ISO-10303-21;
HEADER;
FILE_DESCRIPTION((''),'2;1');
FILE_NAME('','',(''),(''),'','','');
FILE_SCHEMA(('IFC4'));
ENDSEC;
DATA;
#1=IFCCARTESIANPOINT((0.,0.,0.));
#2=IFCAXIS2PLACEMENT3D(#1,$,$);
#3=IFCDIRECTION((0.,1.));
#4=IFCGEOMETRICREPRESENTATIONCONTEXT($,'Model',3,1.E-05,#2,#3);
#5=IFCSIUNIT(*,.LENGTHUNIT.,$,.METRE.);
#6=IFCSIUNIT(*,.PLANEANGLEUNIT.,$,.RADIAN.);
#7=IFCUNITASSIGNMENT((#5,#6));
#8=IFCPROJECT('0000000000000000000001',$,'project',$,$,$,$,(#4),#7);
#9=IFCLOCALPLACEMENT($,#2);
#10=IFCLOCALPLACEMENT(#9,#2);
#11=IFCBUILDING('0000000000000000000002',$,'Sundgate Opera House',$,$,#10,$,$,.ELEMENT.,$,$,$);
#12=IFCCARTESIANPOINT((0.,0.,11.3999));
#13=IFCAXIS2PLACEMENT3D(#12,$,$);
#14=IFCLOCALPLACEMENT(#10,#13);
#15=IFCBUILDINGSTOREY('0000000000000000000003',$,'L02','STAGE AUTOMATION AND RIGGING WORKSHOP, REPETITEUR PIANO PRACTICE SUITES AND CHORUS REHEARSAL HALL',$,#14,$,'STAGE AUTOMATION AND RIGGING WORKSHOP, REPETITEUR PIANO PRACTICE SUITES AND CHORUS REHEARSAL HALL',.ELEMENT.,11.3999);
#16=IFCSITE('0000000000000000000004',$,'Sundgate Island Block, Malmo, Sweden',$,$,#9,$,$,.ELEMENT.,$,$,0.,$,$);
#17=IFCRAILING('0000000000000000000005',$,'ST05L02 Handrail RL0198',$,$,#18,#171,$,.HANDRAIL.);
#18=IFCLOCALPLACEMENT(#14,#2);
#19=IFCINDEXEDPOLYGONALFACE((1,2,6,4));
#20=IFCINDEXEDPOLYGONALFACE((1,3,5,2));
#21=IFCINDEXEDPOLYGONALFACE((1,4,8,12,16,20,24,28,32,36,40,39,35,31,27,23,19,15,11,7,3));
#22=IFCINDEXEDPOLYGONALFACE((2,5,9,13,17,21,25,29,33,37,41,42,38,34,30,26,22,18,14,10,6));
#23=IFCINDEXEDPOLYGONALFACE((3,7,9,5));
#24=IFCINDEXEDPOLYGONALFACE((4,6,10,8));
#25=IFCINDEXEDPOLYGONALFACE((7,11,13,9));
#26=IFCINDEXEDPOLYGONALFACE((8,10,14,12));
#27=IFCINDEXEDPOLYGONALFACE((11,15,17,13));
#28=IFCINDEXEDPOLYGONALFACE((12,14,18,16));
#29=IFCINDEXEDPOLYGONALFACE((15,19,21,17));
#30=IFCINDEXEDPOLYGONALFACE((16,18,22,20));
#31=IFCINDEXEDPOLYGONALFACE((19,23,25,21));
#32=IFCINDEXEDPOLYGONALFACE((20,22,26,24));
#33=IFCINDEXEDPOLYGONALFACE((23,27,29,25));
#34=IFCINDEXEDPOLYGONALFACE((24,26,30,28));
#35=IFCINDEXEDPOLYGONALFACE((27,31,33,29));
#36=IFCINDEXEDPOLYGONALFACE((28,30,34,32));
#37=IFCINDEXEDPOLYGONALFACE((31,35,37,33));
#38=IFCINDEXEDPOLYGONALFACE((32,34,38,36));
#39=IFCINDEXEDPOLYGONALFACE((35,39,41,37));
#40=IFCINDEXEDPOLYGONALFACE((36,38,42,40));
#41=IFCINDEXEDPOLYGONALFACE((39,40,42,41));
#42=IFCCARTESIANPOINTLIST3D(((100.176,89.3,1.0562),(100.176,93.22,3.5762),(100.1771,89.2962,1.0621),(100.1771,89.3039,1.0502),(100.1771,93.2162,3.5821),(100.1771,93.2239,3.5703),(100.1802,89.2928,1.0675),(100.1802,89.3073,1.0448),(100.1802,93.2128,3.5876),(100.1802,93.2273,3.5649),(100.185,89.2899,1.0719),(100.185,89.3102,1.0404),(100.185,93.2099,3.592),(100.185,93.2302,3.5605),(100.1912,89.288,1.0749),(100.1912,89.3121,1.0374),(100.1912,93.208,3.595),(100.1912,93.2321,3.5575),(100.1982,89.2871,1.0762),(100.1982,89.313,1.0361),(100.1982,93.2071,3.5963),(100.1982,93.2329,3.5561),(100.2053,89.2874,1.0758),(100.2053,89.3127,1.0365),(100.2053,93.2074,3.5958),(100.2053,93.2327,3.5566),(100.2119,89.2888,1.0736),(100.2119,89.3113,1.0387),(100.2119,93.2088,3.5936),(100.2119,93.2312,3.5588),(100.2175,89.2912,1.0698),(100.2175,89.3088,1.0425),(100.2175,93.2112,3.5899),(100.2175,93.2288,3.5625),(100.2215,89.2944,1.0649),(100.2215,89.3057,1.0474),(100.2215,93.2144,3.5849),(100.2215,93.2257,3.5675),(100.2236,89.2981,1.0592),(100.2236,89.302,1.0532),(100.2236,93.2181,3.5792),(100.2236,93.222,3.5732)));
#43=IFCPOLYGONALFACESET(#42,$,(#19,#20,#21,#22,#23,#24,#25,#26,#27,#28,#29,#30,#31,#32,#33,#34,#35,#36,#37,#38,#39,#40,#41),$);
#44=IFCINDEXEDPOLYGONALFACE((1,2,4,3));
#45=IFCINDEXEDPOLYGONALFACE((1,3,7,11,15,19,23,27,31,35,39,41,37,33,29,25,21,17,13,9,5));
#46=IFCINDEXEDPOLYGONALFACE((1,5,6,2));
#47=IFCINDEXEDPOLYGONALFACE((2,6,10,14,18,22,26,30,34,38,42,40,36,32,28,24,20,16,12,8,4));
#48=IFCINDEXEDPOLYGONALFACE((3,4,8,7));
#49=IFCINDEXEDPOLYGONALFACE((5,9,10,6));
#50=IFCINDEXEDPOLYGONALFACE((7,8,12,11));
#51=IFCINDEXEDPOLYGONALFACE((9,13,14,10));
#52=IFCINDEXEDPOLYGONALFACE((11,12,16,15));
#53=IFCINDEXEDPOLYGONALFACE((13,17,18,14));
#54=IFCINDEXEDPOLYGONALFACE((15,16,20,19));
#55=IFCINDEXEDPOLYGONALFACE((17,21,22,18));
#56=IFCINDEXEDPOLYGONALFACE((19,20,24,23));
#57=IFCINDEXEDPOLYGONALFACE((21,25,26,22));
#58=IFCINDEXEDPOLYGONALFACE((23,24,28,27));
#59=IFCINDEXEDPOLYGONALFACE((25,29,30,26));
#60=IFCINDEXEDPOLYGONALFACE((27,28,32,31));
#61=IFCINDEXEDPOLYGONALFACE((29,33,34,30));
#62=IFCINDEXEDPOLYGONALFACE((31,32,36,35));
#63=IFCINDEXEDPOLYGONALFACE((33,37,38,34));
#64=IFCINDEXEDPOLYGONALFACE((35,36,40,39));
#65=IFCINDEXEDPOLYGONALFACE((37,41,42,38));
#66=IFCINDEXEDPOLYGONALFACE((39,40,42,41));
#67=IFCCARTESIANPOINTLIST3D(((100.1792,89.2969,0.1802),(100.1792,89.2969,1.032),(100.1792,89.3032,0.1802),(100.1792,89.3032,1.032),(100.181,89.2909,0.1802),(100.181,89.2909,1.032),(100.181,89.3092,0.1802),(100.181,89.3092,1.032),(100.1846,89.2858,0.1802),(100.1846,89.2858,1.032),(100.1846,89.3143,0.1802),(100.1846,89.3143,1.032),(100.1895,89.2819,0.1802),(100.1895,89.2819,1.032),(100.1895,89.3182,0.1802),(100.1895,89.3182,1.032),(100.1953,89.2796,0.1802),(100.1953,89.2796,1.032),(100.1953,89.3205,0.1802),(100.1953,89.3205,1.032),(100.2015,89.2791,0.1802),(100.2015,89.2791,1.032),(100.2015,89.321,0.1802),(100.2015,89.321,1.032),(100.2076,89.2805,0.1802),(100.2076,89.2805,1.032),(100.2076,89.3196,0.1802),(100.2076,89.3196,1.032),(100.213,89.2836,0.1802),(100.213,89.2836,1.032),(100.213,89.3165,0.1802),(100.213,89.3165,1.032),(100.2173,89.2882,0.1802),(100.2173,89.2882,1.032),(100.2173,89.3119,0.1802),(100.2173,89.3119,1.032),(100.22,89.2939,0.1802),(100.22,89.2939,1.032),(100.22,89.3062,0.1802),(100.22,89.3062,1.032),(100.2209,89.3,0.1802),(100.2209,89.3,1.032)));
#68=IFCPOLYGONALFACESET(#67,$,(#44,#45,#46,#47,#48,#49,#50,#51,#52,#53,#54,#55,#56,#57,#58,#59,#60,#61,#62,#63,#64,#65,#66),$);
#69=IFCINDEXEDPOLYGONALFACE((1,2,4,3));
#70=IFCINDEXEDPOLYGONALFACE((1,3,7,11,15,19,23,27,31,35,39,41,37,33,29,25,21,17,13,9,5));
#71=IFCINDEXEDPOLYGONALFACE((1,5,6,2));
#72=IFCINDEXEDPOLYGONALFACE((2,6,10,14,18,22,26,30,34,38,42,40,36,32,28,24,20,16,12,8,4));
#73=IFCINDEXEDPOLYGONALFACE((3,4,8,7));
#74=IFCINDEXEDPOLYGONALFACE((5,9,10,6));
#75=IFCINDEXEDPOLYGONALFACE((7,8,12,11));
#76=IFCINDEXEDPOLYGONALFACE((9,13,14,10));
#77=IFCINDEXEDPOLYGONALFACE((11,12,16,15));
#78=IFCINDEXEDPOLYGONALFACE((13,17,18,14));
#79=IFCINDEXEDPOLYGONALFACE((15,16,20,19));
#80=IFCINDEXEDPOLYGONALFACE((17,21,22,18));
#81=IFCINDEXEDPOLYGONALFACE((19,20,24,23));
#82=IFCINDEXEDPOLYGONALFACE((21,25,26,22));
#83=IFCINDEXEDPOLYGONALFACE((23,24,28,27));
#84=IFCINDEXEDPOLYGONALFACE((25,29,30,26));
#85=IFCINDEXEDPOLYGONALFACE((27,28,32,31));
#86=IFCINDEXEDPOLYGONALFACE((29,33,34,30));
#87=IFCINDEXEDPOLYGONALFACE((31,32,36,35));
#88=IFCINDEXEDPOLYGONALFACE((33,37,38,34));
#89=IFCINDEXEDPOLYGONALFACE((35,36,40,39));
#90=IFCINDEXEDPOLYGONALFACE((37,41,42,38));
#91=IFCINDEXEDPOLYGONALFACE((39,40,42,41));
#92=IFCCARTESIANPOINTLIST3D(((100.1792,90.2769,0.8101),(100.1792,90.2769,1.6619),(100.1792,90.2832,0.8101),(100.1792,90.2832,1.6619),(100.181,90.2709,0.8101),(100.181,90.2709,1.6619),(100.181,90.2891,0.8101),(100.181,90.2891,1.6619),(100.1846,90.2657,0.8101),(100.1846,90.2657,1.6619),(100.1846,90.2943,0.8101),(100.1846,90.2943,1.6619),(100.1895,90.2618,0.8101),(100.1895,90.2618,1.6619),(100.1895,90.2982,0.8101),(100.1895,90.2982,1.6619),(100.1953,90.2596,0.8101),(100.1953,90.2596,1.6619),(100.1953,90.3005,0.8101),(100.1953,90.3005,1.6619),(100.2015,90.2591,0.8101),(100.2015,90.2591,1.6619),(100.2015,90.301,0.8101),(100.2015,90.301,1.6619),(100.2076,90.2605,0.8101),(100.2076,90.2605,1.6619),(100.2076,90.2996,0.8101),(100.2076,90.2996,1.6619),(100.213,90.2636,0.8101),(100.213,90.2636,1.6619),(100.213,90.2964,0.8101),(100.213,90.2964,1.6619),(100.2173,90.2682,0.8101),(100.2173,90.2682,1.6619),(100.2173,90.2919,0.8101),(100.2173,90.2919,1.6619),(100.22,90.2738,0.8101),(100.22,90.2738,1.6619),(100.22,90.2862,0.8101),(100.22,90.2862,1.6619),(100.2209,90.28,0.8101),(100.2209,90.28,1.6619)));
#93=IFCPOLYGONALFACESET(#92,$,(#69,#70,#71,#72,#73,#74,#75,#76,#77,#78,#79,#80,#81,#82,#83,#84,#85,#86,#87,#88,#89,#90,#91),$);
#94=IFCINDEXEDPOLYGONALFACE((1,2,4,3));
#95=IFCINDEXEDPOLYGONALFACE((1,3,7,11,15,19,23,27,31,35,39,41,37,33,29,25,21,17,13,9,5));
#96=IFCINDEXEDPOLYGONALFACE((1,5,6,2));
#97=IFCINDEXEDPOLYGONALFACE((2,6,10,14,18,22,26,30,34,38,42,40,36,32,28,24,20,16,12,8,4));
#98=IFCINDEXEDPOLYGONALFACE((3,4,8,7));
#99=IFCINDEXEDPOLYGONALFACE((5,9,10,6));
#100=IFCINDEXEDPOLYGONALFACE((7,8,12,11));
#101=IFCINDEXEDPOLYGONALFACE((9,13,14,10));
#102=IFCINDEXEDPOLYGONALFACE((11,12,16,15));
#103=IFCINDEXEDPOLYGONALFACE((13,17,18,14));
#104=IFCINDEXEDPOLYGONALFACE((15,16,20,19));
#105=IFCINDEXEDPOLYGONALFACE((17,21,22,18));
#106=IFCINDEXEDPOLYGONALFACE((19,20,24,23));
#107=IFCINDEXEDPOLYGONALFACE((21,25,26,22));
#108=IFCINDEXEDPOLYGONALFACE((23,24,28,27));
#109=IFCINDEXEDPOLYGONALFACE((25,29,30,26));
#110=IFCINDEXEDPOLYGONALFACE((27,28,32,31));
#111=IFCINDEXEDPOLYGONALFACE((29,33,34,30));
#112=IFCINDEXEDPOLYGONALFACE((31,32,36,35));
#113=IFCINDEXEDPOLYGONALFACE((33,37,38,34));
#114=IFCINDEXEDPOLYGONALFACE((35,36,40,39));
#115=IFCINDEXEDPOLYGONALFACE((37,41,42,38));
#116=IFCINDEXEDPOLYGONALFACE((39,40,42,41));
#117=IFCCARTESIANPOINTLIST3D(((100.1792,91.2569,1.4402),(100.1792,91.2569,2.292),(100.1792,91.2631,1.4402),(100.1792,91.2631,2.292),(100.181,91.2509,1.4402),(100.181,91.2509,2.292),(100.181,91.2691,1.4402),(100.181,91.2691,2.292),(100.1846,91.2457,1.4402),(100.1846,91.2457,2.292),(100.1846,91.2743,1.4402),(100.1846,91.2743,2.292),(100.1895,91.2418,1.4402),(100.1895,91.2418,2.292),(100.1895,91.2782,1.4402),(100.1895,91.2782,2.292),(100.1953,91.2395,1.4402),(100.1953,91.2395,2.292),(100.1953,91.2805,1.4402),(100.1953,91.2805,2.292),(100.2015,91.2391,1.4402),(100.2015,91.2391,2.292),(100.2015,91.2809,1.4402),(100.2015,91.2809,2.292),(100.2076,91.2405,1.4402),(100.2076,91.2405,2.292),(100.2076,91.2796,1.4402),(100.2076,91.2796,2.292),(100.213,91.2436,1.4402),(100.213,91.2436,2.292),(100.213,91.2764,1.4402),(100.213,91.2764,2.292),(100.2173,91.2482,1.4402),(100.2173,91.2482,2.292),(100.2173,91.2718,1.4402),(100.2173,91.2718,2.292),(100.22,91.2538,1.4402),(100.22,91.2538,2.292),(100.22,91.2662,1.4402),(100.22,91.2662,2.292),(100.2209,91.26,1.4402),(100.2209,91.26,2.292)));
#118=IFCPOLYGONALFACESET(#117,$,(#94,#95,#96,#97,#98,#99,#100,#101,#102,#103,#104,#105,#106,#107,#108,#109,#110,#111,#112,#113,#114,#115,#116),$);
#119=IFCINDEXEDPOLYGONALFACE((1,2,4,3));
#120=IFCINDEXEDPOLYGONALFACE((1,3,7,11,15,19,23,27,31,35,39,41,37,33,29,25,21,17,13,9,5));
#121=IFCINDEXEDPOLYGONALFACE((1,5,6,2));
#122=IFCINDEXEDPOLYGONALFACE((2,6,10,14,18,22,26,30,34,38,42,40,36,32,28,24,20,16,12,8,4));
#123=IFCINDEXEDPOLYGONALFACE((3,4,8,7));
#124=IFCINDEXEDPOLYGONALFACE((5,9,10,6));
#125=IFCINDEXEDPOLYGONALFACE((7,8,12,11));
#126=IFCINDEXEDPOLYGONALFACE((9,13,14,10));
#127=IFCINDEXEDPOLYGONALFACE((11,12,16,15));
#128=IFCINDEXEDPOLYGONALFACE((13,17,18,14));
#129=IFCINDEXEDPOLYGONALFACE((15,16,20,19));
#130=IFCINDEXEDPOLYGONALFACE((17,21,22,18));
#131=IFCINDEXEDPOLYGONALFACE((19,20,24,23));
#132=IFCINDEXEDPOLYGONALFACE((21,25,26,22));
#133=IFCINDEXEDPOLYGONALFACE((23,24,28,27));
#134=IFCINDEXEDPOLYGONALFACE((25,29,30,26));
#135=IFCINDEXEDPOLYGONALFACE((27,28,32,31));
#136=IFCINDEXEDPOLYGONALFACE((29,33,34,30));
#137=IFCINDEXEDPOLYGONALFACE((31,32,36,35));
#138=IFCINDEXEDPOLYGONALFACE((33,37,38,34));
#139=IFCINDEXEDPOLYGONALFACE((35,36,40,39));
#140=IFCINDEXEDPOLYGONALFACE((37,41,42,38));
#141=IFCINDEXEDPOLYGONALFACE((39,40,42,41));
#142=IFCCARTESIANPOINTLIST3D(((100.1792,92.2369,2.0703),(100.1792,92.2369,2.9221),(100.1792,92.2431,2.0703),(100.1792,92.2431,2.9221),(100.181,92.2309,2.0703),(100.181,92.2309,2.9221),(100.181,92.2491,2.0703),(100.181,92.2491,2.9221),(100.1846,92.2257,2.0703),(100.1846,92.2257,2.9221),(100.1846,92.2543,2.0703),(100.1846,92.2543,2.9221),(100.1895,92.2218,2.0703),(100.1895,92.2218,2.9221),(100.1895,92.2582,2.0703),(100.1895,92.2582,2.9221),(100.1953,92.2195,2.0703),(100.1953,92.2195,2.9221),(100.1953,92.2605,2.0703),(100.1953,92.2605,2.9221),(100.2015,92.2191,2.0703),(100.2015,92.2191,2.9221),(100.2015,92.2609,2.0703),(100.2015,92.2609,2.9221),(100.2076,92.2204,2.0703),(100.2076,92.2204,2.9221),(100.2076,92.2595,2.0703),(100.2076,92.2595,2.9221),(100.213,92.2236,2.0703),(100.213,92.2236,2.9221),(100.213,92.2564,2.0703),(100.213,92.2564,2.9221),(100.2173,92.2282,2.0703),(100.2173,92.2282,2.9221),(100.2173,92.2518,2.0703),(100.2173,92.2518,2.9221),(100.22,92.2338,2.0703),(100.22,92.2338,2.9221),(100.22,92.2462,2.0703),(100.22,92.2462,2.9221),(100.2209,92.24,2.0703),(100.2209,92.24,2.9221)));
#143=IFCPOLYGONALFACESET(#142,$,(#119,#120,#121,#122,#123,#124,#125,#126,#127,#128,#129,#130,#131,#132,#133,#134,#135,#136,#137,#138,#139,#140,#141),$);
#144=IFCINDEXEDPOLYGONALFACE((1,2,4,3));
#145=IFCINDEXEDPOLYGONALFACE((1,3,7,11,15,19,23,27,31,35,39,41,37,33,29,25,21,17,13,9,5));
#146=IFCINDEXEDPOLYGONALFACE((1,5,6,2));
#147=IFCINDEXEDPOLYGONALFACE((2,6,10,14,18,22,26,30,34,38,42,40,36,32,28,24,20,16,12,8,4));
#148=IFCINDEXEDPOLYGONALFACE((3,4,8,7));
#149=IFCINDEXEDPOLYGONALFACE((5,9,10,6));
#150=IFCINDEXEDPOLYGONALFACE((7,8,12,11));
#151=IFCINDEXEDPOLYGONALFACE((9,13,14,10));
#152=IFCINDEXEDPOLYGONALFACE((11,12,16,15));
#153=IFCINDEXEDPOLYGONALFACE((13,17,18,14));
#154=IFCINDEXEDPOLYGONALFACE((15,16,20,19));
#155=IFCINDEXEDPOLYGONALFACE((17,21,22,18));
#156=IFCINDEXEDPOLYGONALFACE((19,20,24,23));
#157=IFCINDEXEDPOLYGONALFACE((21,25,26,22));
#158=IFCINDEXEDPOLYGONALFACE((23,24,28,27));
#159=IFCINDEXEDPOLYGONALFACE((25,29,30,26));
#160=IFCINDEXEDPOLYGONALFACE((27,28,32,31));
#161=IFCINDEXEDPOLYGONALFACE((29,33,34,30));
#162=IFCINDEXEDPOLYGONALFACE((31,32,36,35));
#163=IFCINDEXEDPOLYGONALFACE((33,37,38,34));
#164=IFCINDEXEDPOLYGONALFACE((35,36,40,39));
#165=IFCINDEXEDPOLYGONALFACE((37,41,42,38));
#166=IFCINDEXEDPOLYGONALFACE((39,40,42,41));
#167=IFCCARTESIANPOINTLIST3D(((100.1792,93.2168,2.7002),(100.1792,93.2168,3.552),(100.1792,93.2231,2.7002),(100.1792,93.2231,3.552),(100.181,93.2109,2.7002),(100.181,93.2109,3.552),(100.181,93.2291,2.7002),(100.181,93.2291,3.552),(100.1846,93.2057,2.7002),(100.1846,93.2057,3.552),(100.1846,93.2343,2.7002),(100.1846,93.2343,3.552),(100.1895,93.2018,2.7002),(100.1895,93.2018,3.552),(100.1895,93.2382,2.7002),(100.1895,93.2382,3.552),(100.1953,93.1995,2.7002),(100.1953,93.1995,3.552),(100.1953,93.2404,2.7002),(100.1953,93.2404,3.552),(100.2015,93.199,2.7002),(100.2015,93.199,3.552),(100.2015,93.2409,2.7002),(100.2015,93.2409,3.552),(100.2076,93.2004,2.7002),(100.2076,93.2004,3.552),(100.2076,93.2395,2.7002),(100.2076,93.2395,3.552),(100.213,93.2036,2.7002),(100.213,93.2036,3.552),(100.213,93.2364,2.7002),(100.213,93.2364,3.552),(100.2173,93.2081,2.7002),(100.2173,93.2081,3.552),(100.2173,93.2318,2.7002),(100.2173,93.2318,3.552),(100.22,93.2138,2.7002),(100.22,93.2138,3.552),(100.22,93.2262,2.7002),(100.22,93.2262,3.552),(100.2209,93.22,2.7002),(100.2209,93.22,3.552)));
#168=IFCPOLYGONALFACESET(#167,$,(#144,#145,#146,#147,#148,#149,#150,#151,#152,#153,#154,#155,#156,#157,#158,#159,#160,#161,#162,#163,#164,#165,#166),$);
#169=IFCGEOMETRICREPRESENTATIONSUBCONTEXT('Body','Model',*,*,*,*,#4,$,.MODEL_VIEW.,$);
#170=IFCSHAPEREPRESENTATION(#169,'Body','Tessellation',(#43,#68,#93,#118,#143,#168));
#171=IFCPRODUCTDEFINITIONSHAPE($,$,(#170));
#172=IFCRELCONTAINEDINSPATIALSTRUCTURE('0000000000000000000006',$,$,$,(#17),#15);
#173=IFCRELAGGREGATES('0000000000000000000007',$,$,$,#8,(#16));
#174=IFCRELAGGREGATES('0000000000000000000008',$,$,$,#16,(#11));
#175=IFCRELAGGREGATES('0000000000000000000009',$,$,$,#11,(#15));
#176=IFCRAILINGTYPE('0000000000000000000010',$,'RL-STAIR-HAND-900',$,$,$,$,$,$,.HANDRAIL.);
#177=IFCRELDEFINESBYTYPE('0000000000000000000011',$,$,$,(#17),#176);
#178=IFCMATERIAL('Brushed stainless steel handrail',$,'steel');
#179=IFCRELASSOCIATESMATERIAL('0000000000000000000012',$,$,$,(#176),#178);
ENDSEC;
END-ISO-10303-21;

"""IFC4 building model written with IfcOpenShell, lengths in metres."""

from ifc_helpers import new_model, si_unit, direction, frame, origin, origin_2d, place, context, subcontext, project, spatial, circle, extrude, material, type_object, element, save


model = new_model("IFC4")

# Units and contexts
model_context = context("Model", 3, precision=1e-05, world=origin(), true_north=direction((0.0, 1.0)))
body_context = subcontext(model_context, "Body", "Model", "MODEL_VIEW")
ifc_project = project(units=[si_unit("LENGTHUNIT", "METRE"), si_unit("PLANEANGLEUNIT", "RADIAN")], contexts=[model_context])

# Site, building, storey
site_placement = place(None, origin())
site = spatial("IfcSite", under=ifc_project, at=site_placement, Name="Sundgate Island Block, Malmo, Sweden", CompositionType="ELEMENT", RefElevation=0.0)
building_placement = place(site_placement, origin())
building = spatial("IfcBuilding", under=site, at=building_placement, Name="Sundgate Opera House", CompositionType="ELEMENT")
storey_placement = place(building_placement, frame((0.0, 0.0, 11.3999)))
storey = spatial("IfcBuildingStorey", under=building, at=storey_placement, Name="L02", Description="STAGE AUTOMATION AND RIGGING WORKSHOP, REPETITEUR PIANO PRACTICE SUITES AND CHORUS REHEARSAL HALL", LongName="STAGE AUTOMATION AND RIGGING WORKSHOP, REPETITEUR PIANO PRACTICE SUITES AND CHORUS REHEARSAL HALL", CompositionType="ELEMENT", Elevation=11.3999)

# Railing
ifc_material_1 = material(Name="Brushed stainless steel handrail", Category="steel")
railing_type = type_object("IfcRailingType", Name="RL-STAIR-HAND-900", PredefinedType="HANDRAIL", material=ifc_material_1)
railing_placement = place(storey_placement, frame((100.2, 89.3, 0.1802)))
element("IfcRailing", 1, at=railing_placement, inside=storey, type_object=railing_type, Name="ST05L02 Handrail RL0198", PredefinedType="HANDRAIL", context=body_context, shape_type="SweptSolid", body=[
    extrude(circle(Radius=0.0239, at=origin_2d()), frame((0.0, 0.0, 0.876), z_axis=(0.0, 0.841172, 0.540768), x_axis=(-1.0, 0.0, 0.0)), (0.0, 0.0, 1.0), 4.6602),
    extrude(circle(Radius=0.021, at=origin_2d()), origin(), (0.0, 0.0, 1.0), 0.8518),
    extrude(circle(Radius=0.021, at=origin_2d()), frame((0.0, 0.98, 0.6299)), (0.0, 0.0, 1.0), 0.8518),
    extrude(circle(Radius=0.021, at=origin_2d()), frame((0.0, 1.96, 1.26)), (0.0, 0.0, 1.0), 0.8518),
    extrude(circle(Radius=0.021, at=origin_2d()), frame((0.0, 2.9399, 1.8901)), (0.0, 0.0, 1.0), 0.8518),
    extrude(circle(Radius=0.021, at=origin_2d()), frame((0.0, 3.9199, 2.52)), (0.0, 0.0, 1.0), 0.8518),
])

save(model, "model.ifc")
